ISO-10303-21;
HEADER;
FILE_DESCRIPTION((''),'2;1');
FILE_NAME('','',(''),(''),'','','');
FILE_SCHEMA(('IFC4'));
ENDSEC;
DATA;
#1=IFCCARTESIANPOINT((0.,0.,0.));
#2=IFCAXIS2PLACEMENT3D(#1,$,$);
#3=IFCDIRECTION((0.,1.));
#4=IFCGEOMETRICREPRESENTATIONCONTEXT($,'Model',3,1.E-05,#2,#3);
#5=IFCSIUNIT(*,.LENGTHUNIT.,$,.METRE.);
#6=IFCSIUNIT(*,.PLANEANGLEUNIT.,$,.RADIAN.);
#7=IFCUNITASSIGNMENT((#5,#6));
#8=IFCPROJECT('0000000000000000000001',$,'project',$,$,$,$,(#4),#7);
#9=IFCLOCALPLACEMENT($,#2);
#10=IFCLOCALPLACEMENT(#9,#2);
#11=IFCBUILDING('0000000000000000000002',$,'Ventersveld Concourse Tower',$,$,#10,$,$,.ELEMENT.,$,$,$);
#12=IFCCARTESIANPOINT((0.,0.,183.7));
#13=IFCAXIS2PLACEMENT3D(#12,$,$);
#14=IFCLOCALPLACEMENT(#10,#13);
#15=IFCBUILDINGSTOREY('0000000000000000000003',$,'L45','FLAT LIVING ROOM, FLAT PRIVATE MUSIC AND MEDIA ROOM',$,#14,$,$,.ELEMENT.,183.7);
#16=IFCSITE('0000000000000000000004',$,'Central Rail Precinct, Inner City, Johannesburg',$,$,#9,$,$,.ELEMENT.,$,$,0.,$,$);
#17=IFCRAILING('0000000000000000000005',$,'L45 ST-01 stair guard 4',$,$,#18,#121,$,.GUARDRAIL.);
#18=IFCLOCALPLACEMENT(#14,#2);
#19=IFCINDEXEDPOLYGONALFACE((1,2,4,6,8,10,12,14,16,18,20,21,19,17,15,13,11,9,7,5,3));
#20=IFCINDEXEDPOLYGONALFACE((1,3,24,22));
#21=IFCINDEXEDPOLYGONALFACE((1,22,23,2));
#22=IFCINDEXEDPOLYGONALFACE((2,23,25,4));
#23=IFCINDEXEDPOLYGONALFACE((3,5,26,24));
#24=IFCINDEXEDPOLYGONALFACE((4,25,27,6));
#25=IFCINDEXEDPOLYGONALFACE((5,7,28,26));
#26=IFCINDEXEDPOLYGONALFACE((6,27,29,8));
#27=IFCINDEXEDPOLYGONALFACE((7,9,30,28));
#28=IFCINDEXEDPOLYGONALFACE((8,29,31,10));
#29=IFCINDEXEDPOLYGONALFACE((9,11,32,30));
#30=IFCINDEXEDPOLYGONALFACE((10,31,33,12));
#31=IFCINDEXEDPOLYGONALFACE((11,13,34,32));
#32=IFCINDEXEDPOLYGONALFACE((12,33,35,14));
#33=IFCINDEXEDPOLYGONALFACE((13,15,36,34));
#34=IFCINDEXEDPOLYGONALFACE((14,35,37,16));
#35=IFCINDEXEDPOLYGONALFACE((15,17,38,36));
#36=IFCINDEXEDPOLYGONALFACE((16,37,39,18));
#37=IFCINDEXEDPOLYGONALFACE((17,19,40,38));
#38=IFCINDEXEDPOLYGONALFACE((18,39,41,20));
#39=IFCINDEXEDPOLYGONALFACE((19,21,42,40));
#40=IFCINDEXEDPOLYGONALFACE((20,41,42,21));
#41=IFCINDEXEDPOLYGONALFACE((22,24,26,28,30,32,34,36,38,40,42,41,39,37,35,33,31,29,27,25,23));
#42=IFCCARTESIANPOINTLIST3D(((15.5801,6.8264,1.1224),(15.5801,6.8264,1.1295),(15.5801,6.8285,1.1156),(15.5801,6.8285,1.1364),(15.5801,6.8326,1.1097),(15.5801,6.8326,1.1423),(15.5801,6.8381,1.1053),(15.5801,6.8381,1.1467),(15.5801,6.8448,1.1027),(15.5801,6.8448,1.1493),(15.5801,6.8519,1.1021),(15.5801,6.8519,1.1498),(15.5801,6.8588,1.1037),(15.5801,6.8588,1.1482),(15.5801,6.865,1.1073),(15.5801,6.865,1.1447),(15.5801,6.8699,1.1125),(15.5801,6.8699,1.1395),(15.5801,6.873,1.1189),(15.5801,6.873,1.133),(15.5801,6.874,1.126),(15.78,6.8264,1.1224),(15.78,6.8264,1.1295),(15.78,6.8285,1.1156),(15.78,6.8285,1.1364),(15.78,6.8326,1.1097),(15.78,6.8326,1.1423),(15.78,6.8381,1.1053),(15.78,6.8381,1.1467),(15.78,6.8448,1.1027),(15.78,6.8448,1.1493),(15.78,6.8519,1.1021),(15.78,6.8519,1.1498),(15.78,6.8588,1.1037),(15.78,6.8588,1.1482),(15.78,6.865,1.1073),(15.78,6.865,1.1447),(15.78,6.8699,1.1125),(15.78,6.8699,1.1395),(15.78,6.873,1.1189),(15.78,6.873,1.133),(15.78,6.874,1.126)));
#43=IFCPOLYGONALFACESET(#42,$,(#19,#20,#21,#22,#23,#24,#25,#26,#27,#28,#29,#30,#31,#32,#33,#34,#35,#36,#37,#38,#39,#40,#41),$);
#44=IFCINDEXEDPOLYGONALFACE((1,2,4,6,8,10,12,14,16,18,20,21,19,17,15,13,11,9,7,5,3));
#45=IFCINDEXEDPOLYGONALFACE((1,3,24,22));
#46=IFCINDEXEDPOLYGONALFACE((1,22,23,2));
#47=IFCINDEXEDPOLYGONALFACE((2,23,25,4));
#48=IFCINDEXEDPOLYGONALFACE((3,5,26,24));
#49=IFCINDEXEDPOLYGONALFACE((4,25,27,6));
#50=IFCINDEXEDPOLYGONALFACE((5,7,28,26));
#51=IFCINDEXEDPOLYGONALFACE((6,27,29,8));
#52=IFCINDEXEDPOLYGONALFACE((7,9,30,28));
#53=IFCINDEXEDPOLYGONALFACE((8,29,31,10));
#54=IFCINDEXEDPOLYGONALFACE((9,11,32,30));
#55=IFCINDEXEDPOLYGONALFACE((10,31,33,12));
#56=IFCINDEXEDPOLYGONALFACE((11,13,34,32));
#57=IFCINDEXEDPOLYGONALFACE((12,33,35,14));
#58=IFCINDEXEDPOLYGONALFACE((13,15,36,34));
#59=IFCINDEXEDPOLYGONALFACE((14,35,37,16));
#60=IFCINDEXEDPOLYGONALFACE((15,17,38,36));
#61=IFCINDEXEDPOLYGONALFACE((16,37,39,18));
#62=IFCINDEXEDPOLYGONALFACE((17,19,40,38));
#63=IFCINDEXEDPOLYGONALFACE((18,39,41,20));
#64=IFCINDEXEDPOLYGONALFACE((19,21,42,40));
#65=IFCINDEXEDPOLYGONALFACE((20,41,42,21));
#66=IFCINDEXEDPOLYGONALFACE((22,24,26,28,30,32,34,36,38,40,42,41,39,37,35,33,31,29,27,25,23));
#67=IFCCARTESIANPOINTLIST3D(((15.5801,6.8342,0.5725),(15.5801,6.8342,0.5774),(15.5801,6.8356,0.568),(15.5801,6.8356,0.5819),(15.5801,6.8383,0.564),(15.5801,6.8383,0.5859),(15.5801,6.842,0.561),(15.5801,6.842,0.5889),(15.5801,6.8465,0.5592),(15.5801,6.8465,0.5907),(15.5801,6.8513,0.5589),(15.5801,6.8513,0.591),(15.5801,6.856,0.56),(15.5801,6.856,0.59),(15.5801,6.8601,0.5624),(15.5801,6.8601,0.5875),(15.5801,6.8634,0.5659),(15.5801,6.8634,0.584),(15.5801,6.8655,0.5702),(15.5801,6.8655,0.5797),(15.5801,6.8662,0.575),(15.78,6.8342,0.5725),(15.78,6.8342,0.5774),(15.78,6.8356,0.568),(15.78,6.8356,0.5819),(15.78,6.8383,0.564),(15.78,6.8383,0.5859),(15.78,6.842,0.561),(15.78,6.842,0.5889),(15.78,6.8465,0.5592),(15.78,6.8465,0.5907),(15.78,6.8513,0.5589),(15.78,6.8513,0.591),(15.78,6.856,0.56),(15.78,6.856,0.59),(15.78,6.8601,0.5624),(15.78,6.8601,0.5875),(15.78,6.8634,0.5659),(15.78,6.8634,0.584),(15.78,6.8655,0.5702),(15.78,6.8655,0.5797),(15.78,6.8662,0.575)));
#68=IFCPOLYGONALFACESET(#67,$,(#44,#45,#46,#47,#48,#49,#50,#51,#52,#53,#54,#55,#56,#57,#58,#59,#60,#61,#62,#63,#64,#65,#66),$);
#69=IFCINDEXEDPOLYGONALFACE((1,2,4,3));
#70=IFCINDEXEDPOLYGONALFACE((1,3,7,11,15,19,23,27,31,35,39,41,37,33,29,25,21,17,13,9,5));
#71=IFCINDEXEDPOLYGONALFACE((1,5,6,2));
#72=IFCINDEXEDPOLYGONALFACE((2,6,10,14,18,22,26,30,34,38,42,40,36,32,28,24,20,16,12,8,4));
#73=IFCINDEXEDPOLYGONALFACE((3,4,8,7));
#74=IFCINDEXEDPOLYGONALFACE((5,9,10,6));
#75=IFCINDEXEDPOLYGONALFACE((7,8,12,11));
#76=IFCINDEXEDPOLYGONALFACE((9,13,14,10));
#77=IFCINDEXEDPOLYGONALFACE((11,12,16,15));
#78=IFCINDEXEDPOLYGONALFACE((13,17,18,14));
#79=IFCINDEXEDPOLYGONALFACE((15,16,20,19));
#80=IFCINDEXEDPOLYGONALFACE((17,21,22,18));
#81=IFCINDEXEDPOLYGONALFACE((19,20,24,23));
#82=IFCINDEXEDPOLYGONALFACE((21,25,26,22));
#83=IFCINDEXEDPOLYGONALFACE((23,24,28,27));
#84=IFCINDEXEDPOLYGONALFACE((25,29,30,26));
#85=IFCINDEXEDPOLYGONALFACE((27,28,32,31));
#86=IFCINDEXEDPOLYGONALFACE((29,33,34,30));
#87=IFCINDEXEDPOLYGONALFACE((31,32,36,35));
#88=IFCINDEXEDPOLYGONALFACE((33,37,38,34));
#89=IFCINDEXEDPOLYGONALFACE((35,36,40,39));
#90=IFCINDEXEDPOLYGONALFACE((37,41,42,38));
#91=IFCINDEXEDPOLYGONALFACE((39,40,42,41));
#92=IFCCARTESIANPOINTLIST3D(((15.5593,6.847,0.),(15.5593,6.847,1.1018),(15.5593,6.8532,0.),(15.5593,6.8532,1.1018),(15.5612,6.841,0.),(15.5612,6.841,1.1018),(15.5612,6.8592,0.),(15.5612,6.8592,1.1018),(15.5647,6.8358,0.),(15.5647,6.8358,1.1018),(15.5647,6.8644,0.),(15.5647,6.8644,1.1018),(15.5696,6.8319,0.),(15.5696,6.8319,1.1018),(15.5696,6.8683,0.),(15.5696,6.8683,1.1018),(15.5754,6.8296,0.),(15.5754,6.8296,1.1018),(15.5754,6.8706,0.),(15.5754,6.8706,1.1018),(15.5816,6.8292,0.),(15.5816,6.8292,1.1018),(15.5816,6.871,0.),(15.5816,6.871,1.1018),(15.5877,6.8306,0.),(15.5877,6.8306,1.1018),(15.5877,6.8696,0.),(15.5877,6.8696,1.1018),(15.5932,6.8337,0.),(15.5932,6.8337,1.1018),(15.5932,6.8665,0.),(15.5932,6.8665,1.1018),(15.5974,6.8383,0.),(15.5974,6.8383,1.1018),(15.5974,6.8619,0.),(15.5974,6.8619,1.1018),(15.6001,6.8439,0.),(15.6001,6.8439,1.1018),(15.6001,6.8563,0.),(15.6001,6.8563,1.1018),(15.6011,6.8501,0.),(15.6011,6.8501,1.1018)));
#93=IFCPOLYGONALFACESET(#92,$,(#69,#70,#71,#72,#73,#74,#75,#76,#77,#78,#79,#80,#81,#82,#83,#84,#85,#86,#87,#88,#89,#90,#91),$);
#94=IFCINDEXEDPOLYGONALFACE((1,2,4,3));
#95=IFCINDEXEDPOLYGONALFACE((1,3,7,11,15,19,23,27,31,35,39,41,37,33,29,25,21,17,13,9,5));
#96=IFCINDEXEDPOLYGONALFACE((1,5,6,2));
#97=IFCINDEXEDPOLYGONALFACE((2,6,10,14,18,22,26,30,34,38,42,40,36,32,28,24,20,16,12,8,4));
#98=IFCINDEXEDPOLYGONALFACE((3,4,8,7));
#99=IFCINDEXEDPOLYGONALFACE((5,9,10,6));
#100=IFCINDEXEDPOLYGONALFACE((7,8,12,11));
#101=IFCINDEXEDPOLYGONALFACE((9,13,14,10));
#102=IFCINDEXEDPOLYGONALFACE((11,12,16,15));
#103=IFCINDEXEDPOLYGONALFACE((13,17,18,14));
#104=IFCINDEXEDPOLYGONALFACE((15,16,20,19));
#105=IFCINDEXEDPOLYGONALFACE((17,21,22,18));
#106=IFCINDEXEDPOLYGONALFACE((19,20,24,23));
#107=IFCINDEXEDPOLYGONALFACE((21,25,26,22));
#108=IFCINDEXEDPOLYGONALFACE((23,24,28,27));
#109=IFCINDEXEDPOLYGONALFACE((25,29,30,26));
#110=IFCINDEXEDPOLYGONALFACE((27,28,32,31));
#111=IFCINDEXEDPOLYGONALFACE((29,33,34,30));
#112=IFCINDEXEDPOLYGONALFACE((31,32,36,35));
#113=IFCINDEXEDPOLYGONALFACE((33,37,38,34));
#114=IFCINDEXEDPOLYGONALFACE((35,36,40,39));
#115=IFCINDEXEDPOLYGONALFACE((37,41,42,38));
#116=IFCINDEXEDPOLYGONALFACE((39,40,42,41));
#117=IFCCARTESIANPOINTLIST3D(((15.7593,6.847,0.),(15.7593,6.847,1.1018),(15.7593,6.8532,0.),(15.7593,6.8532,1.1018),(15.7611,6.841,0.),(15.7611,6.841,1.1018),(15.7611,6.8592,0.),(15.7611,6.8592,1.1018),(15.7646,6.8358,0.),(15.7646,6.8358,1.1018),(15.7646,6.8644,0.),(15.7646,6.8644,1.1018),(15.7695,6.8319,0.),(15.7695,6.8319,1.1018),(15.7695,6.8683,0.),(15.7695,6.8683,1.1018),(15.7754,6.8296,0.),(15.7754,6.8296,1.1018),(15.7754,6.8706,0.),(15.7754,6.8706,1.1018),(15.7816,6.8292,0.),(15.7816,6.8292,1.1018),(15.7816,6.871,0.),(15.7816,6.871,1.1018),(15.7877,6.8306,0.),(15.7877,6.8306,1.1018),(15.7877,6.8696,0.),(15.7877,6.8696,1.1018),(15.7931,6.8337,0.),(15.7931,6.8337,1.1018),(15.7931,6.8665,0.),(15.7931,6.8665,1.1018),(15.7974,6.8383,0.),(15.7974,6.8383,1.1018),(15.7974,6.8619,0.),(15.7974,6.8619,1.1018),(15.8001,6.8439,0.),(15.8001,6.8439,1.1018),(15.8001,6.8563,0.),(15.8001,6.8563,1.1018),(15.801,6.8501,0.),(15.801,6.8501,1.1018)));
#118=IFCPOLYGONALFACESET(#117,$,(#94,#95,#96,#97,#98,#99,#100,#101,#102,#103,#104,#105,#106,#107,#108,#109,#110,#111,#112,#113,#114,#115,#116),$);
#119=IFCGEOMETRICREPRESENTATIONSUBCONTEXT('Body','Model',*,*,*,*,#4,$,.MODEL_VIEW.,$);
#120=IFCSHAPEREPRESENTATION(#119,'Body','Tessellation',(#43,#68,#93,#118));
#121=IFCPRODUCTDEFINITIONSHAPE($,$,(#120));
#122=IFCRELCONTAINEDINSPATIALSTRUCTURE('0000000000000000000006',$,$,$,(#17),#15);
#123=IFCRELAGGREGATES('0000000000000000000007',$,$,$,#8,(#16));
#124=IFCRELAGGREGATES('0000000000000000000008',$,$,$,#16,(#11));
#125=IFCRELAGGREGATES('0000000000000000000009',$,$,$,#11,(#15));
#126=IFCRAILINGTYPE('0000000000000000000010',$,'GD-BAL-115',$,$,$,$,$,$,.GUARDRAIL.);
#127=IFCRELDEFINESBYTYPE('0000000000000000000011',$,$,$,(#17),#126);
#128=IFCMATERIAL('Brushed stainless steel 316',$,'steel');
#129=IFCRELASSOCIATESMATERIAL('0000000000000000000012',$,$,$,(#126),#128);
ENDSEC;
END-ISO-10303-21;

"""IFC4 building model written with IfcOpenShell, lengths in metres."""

from ifc_helpers import new_model, si_unit, direction, frame, origin, origin_2d, place, context, subcontext, project, spatial, circle, extrude, material, type_object, element, save


model = new_model("IFC4")

# Units and contexts
model_context = context("Model", 3, precision=1e-05, world=origin(), true_north=direction((0.0, 1.0)))
body_context = subcontext(model_context, "Body", "Model", "MODEL_VIEW")
ifc_project = project(units=[si_unit("LENGTHUNIT", "METRE"), si_unit("PLANEANGLEUNIT", "RADIAN")], contexts=[model_context])

# Site, building, storey
site_placement = place(None, origin())
site = spatial("IfcSite", under=ifc_project, at=site_placement, Name="Central Rail Precinct, Inner City, Johannesburg", CompositionType="ELEMENT", RefElevation=0.0)
building_placement = place(site_placement, origin())
building = spatial("IfcBuilding", under=site, at=building_placement, Name="Ventersveld Concourse Tower", CompositionType="ELEMENT")
storey_placement = place(building_placement, frame((0.0, 0.0, 183.7)))
storey = spatial("IfcBuildingStorey", under=building, at=storey_placement, Name="L45", Description="FLAT LIVING ROOM, FLAT PRIVATE MUSIC AND MEDIA ROOM", CompositionType="ELEMENT", Elevation=183.7)

# Shared definitions
ifc_material_1 = material(Name="Brushed stainless steel 316", Category="steel")

# Railing
railing_type = type_object("IfcRailingType", Name="GD-BAL-115", PredefinedType="GUARDRAIL", material=ifc_material_1)
railing_1_placement = place(storey_placement, frame((15.5801, 6.8501, 0.0)))
element("IfcRailing", 1, at=railing_1_placement, inside=storey, type_object=railing_type, Name="L45 ST-01 stair guard 4", PredefinedType="GUARDRAIL", context=body_context, shape_type="SweptSolid", body=[
    extrude(circle(Radius=0.0239, at=origin_2d()), frame((0.0, 0.0, 1.126), z_axis=(1.0, 0.0, 0.0), x_axis=(0.0, 1.0, 0.0)), (0.0, 0.0, 1.0), 0.2),
    extrude(circle(Radius=0.0161, at=origin_2d()), frame((0.0, 0.0, 0.575), z_axis=(1.0, 0.0, 0.0), x_axis=(0.0, 1.0, 0.0)), (0.0, 0.0, 1.0), 0.2),
    extrude(circle(Radius=0.021, at=origin_2d()), origin(), (0.0, 0.0, 1.0), 1.1018),
    extrude(circle(Radius=0.021, at=origin_2d()), frame((0.2, 0.0, 0.0)), (0.0, 0.0, 1.0), 1.1018),
])

save(model, "model.ifc")
